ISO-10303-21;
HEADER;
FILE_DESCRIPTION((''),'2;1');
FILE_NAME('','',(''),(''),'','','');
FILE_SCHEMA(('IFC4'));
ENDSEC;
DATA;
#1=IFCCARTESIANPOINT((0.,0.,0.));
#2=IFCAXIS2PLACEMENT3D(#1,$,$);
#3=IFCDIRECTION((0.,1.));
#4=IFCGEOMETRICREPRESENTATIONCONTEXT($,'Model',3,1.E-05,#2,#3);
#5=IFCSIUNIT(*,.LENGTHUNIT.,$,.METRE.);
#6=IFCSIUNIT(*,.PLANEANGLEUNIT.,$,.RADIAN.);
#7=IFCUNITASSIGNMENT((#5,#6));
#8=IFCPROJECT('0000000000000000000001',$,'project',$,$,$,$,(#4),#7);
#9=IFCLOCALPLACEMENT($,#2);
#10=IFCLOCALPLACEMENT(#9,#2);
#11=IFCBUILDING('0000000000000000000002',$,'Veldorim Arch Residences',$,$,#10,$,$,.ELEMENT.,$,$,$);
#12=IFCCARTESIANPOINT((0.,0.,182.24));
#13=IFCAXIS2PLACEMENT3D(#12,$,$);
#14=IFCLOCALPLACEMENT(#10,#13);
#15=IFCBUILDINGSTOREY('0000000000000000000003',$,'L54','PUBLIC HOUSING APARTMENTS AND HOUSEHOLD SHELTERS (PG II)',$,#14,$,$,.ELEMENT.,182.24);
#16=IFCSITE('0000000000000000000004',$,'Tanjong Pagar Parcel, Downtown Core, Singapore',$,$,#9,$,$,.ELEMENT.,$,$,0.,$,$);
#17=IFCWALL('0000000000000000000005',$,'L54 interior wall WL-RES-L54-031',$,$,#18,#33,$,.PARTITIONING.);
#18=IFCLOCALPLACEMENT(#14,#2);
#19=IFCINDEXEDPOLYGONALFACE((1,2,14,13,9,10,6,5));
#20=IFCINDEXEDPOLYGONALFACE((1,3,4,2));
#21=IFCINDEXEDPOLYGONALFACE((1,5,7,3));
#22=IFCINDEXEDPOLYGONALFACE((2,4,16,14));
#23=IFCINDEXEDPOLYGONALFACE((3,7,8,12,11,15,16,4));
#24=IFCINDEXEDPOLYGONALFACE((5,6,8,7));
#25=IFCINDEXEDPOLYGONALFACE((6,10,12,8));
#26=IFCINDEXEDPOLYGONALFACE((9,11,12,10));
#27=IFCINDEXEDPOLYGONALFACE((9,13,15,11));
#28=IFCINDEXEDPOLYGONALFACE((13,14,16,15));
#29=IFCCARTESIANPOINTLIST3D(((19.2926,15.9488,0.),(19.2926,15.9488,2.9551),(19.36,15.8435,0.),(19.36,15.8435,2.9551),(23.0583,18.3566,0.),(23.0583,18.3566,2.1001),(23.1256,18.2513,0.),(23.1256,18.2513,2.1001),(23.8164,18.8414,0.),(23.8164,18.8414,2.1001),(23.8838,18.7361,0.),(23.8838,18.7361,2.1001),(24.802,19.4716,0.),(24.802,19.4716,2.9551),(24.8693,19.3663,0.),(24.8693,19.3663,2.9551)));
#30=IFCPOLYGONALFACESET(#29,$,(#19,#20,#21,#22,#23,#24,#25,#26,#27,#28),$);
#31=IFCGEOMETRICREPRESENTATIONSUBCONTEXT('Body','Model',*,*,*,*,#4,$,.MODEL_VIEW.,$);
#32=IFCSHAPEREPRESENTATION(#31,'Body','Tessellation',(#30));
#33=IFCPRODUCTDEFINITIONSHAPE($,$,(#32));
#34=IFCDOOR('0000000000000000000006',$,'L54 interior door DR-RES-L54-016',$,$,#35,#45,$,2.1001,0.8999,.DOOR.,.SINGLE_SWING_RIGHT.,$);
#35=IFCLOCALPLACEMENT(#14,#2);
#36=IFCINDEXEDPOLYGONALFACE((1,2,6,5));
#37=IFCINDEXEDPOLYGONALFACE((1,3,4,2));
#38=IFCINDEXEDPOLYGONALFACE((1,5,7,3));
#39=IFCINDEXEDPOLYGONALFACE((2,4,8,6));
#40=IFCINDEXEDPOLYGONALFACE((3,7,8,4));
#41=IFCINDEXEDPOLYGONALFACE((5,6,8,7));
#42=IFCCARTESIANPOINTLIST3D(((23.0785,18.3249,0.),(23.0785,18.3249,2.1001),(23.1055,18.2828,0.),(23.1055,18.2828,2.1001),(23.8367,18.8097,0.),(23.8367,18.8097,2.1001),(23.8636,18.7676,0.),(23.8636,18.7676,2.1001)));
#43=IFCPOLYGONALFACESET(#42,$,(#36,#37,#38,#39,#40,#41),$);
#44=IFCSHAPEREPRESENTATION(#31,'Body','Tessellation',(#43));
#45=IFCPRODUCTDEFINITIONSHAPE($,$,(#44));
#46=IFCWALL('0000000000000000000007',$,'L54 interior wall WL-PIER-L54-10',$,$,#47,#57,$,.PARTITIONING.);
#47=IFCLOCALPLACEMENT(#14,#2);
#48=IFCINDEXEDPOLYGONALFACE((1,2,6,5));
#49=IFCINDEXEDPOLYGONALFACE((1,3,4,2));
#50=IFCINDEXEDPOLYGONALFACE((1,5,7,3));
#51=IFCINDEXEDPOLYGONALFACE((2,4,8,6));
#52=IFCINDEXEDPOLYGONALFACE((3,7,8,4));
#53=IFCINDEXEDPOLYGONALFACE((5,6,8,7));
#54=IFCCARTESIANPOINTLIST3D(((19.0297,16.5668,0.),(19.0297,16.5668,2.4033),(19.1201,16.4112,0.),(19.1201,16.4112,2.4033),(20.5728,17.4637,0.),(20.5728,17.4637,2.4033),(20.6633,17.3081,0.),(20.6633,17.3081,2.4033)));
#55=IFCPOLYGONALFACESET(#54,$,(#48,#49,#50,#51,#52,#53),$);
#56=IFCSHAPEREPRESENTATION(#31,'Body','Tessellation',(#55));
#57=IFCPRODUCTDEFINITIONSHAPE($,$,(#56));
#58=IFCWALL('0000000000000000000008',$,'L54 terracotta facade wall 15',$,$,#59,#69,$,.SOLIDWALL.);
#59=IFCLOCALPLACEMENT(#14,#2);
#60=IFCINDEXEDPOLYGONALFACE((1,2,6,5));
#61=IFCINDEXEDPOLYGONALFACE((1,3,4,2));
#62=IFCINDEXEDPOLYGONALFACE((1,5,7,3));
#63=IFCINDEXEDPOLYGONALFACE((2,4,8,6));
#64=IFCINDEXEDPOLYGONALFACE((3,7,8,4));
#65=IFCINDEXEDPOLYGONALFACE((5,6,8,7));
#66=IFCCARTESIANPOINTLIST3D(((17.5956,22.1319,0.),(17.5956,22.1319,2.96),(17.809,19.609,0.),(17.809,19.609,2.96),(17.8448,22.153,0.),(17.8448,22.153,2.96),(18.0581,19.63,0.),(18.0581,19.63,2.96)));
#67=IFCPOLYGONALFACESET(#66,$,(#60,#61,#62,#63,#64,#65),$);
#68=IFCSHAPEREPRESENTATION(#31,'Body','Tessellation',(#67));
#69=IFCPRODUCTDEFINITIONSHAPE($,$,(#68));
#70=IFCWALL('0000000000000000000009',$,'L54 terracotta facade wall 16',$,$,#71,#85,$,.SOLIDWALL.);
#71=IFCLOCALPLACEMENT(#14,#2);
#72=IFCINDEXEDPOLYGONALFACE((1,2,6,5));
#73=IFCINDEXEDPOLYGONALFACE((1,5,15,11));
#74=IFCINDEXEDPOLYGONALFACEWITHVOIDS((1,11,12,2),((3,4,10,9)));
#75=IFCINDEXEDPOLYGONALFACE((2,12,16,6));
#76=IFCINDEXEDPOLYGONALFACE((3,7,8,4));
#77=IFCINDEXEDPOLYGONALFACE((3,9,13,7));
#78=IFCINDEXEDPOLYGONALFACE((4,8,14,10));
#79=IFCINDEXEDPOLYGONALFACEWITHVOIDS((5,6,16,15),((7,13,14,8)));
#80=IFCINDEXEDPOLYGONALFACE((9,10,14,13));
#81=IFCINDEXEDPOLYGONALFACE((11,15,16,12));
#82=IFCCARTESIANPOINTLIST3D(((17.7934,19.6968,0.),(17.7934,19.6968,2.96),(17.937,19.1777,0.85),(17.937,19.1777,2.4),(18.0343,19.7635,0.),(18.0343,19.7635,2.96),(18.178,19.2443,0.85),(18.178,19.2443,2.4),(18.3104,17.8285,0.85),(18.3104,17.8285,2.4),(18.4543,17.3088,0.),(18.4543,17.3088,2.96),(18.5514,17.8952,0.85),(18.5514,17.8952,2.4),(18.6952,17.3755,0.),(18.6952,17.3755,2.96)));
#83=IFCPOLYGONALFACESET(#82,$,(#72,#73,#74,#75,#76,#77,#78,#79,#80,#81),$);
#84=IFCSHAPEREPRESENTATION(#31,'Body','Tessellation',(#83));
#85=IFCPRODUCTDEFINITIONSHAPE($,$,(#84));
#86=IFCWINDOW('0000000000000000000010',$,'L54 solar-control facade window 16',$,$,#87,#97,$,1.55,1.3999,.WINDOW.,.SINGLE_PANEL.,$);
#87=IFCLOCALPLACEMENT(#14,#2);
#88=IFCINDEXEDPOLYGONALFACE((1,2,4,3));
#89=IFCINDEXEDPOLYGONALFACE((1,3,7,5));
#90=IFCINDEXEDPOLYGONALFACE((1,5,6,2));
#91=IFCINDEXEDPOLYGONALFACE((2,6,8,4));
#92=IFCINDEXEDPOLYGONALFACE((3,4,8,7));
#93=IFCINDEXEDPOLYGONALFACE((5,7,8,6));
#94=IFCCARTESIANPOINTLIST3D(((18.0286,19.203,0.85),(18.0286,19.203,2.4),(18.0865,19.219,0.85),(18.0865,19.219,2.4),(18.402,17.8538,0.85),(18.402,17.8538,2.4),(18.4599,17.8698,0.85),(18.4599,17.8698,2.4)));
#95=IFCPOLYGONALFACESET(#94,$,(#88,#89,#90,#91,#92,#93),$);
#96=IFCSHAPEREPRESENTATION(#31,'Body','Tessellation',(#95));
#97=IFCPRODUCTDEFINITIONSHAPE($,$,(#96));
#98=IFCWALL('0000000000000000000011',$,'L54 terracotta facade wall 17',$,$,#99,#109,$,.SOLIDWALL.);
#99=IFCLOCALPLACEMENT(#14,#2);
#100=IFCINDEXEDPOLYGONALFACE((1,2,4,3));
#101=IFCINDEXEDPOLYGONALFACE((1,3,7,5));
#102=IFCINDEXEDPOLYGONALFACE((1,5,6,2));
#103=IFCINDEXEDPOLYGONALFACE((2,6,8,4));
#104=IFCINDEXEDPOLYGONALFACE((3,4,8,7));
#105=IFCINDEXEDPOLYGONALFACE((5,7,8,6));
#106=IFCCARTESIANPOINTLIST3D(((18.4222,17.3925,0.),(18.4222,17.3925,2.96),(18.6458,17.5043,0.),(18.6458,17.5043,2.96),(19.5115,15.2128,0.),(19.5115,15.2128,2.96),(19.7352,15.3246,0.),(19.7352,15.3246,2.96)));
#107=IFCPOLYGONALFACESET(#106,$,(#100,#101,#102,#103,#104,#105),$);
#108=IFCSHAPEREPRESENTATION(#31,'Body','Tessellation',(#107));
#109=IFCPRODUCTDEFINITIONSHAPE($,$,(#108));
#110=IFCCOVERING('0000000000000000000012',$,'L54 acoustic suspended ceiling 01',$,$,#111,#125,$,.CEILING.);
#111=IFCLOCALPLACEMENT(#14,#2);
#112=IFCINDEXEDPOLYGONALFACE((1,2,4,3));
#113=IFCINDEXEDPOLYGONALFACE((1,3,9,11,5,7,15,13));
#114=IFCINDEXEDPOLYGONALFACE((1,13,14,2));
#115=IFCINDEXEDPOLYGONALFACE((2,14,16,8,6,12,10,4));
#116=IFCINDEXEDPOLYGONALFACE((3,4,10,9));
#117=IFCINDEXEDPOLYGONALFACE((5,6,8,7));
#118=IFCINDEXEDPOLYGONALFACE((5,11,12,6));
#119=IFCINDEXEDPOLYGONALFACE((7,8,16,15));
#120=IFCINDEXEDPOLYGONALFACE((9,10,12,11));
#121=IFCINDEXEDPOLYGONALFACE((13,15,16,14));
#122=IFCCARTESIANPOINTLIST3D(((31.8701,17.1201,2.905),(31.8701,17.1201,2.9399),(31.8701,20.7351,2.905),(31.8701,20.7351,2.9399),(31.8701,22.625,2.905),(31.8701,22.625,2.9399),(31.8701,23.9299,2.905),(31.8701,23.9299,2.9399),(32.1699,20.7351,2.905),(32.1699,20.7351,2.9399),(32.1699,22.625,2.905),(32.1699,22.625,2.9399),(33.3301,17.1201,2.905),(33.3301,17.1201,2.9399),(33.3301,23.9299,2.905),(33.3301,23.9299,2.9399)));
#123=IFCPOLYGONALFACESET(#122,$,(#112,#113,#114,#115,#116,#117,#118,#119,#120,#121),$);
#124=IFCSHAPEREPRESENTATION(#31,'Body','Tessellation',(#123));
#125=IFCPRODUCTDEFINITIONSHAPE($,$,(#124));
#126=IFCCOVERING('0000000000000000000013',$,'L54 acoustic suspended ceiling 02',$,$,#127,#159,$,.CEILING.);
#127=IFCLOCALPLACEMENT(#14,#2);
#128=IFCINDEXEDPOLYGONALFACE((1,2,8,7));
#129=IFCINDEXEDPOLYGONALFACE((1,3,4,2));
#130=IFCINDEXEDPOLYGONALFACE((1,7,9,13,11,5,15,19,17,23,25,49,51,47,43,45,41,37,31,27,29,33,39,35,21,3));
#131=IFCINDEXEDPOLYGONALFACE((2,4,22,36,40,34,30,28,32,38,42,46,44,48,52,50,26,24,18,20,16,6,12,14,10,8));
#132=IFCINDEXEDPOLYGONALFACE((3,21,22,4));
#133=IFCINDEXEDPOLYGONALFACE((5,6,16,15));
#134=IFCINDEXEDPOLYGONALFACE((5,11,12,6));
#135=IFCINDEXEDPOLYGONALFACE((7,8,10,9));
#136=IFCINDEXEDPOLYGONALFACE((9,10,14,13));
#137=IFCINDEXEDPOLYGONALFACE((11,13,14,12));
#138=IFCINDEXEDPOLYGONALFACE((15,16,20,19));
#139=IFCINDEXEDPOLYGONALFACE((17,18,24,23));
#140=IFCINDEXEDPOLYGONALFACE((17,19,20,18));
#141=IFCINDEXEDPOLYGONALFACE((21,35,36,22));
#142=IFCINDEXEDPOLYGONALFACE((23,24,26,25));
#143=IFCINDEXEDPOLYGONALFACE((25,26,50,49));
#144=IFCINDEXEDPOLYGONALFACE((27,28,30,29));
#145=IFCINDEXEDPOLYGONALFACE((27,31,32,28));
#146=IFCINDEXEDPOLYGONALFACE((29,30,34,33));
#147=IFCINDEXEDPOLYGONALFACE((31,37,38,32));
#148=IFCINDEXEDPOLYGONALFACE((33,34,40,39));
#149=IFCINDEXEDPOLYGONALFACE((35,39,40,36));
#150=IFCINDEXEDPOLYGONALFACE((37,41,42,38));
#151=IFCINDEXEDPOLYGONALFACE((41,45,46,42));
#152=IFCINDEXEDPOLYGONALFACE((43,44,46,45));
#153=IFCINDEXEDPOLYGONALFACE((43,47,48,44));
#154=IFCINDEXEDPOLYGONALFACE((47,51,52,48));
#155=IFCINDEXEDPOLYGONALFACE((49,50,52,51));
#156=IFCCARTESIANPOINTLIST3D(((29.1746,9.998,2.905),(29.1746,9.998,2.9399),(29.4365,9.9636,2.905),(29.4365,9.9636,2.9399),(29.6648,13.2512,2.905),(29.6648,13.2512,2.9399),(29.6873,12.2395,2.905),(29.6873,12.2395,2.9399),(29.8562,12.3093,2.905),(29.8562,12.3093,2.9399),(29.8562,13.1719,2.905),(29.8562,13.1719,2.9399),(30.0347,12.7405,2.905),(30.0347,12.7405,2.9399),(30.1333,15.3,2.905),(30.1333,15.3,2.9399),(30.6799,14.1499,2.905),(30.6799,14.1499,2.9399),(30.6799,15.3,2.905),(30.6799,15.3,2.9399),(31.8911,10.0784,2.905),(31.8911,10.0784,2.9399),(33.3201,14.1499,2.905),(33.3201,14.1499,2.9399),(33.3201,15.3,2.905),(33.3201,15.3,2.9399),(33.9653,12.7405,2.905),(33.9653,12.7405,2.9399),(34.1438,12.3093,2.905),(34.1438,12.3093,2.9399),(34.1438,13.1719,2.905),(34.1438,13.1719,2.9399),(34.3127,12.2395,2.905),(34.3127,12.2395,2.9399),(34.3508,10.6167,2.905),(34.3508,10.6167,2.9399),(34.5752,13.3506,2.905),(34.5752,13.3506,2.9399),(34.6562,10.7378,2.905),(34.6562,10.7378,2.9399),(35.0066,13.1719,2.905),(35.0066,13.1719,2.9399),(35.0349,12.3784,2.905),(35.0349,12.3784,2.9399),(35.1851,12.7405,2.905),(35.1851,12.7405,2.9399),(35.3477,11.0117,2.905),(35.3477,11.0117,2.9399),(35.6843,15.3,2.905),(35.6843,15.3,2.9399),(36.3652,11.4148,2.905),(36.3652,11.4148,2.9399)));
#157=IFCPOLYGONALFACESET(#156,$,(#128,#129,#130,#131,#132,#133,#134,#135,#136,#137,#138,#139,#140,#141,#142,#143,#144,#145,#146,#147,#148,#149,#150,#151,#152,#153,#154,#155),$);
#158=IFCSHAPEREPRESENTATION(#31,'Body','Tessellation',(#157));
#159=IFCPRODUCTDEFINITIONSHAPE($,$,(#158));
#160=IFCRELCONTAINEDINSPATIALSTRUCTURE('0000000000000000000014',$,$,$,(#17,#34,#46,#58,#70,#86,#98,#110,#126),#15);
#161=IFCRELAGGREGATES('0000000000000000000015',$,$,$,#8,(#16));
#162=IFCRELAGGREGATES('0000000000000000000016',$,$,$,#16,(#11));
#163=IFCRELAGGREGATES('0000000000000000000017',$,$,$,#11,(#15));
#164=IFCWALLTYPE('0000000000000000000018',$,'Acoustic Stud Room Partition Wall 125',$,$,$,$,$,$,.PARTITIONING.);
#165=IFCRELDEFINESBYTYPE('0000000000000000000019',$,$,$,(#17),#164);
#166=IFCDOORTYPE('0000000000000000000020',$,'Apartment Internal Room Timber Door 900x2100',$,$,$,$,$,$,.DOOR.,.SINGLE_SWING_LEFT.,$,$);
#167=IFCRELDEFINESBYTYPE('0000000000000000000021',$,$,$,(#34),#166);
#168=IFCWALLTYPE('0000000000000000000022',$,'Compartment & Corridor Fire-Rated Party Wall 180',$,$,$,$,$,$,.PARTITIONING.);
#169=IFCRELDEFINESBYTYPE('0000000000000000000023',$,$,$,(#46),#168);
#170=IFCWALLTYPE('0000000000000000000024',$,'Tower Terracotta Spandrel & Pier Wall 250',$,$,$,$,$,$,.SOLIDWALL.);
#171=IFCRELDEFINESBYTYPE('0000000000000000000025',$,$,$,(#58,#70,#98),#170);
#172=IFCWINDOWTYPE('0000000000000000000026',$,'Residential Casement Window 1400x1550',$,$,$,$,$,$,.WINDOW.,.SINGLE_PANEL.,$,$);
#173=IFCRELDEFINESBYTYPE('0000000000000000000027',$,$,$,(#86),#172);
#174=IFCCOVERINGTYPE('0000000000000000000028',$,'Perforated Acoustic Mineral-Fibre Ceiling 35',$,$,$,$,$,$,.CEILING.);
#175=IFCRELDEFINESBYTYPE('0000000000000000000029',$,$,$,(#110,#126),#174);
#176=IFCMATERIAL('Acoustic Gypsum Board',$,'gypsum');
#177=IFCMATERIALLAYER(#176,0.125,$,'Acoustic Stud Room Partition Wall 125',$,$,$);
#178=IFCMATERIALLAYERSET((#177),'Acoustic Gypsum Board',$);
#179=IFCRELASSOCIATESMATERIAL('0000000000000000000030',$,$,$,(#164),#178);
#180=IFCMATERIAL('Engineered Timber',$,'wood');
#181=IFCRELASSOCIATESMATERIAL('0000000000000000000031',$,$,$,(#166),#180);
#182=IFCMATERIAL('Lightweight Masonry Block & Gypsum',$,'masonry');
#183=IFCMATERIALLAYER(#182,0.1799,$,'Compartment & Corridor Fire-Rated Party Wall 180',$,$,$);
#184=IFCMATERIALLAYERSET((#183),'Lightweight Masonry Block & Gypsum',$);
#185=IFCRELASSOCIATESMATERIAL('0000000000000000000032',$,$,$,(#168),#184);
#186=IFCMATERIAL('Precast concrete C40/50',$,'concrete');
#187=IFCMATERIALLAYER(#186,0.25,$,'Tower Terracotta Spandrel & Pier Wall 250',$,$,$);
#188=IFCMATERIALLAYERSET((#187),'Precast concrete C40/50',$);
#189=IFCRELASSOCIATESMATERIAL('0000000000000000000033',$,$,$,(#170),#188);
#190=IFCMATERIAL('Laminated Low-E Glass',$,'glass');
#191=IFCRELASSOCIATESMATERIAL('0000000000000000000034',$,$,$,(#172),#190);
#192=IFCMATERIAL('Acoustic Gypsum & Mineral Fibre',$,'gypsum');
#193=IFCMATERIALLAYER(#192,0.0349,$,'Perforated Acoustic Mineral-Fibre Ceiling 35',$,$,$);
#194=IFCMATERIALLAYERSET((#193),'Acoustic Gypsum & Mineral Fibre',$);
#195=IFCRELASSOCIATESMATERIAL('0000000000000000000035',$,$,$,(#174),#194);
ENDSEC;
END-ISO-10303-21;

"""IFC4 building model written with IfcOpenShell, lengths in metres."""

from ifc_helpers import new_model, si_unit, direction, frame, frame_2d, origin, place, context, subcontext, project, spatial, polyline, rectangle, outline, extrude, material, layer, layer_set, type_object, element, fill, save


model = new_model("IFC4")

# Units and contexts
model_context = context("Model", 3, precision=1e-05, world=origin(), true_north=direction((0.0, 1.0)))
body_context = subcontext(model_context, "Body", "Model", "MODEL_VIEW")
ifc_project = project(units=[si_unit("LENGTHUNIT", "METRE"), si_unit("PLANEANGLEUNIT", "RADIAN")], contexts=[model_context])

# Site, building, storey
site_placement = place(None, origin())
site = spatial("IfcSite", under=ifc_project, at=site_placement, Name="Tanjong Pagar Parcel, Downtown Core, Singapore", CompositionType="ELEMENT", RefElevation=0.0)
building_placement = place(site_placement, origin())
building = spatial("IfcBuilding", under=site, at=building_placement, Name="Veldorim Arch Residences", CompositionType="ELEMENT")
storey_placement = place(building_placement, frame((0.0, 0.0, 182.24)))
storey = spatial("IfcBuildingStorey", under=building, at=storey_placement, Name="L54", Description="PUBLIC HOUSING APARTMENTS AND HOUSEHOLD SHELTERS (PG II)", CompositionType="ELEMENT", Elevation=182.24)

# Wall, opening, door
ifc_material_1 = material(Name="Acoustic Gypsum Board", Category="gypsum")
ifc_layer_1 = layer(ifc_material_1, 0.125, Name="Acoustic Stud Room Partition Wall 125")
ifc_layer_set_1 = layer_set([ifc_layer_1], Name="Acoustic Gypsum Board")
wall_type_1 = type_object("IfcWallType", Name="Acoustic Stud Room Partition Wall 125", PredefinedType="PARTITIONING", material=ifc_layer_set_1)
wall_1_placement = place(storey_placement, frame((19.3264, 15.8962, 0.0), z_axis=(0.0, 0.0, 1.0), x_axis=(0.842496, 0.538703, 0.0)))
wall_1 = element("IfcWall", 1, at=wall_1_placement, inside=storey, type_object=wall_type_1, Name="L54 interior wall WL-RES-L54-031", PredefinedType="PARTITIONING", context=body_context, shape_type="SweptSolid", body=[
    extrude(rectangle(XDim=6.5393, YDim=0.125, at=frame_2d((3.2695, 0.0))), origin(), (0.0, 0.0, 1.0), 2.9551),
])
opening_1_placement = place(wall_1_placement, frame((4.4695, 0.0, 0.0)))
opening_1 = element("IfcOpeningElement", 2, at=opening_1_placement, cuts=wall_1, PredefinedType="OPENING", context=body_context, shape_type="SweptSolid", body=[
    extrude(rectangle(XDim=0.8999, YDim=2.1001, at=frame_2d((0.45, 1.05))), frame((0.0, 0.0725, 0.0), z_axis=(0.0, -1.0, 0.0), x_axis=(1.0, 0.0, 0.0)), (0.0, 0.0, 1.0), 0.145),
])
ifc_material_2 = material(Name="Engineered Timber", Category="wood")
door_type = type_object("IfcDoorType", Name="Apartment Internal Room Timber Door 900x2100", OperationType="SINGLE_SWING_LEFT", PredefinedType="DOOR", material=ifc_material_2)
door_placement = place(opening_1_placement, origin())
door = element("IfcDoor", 3, at=door_placement, inside=storey, type_object=door_type, Name="L54 interior door DR-RES-L54-016", OperationType="SINGLE_SWING_RIGHT", OverallHeight=2.1001, OverallWidth=0.8999, PredefinedType="DOOR", context=body_context, shape_type="SweptSolid", body=[
    extrude(rectangle(XDim=0.8999, YDim=2.1001, at=frame_2d((0.45, 1.05))), frame((0.0, 0.0249, 0.0), z_axis=(0.0, -1.0, 0.0), x_axis=(1.0, 0.0, 0.0)), (0.0, 0.0, 1.0), 0.05),
])
fill(opening_1, door)

# Walls
ifc_material_3 = material(Name="Lightweight Masonry Block & Gypsum", Category="masonry")
ifc_layer_2 = layer(ifc_material_3, 0.1799, Name="Compartment & Corridor Fire-Rated Party Wall 180")
ifc_layer_set_2 = layer_set([ifc_layer_2], Name="Lightweight Masonry Block & Gypsum")
wall_type_2 = type_object("IfcWallType", Name="Compartment & Corridor Fire-Rated Party Wall 180", PredefinedType="PARTITIONING", material=ifc_layer_set_2)
wall_2_placement = place(storey_placement, frame((20.6182, 17.386, 0.0), z_axis=(0.0, 0.0, 1.0), x_axis=(-0.864567, -0.502518, 0.0)))
element("IfcWall", 4, at=wall_2_placement, inside=storey, type_object=wall_type_2, Name="L54 interior wall WL-PIER-L54-10", PredefinedType="PARTITIONING", context=body_context, shape_type="SweptSolid", body=[
    extrude(rectangle(XDim=1.7849, YDim=0.1799, at=frame_2d((0.8926, 0.0))), origin(), (0.0, 0.0, 1.0), 2.4033),
])
ifc_material_4 = material(Name="Precast concrete C40/50", Category="concrete")
ifc_layer_3 = layer(ifc_material_4, 0.25, Name="Tower Terracotta Spandrel & Pier Wall 250")
ifc_layer_set_3 = layer_set([ifc_layer_3], Name="Precast concrete C40/50")
wall_type_3 = type_object("IfcWallType", Name="Tower Terracotta Spandrel & Pier Wall 250", PredefinedType="SOLIDWALL", material=ifc_layer_set_3)
wall_3_placement = place(storey_placement, frame((17.9336, 19.6194, 0.0), z_axis=(0.0, 0.0, 1.0), x_axis=(-0.084274, 0.996443, 0.0)))
element("IfcWall", 5, at=wall_3_placement, inside=storey, type_object=wall_type_3, Name="L54 terracotta facade wall 15", PredefinedType="SOLIDWALL", context=body_context, shape_type="SweptSolid", body=[
    extrude(rectangle(XDim=2.532, YDim=0.25, at=frame_2d((1.2661, 0.0))), origin(), (0.0, 0.0, 1.0), 2.96),
])

# Wall, opening, window
wall_4_placement = place(storey_placement, frame((18.5747, 17.3423, 0.0), z_axis=(0.0, 0.0, 1.0), x_axis=(-0.266734, 0.96377, 0.0)))
wall_4 = element("IfcWall", 6, at=wall_4_placement, inside=storey, type_object=wall_type_3, Name="L54 terracotta facade wall 16", PredefinedType="SOLIDWALL", context=body_context, shape_type="SweptSolid", body=[
    extrude(rectangle(XDim=2.4778, YDim=0.25, at=frame_2d((1.2388, 0.0))), origin(), (0.0, 0.0, 1.0), 2.96),
])
opening_2_placement = place(wall_4_placement, frame((0.5391, 0.0, 0.8501)))
opening_2 = element("IfcOpeningElement", 7, at=opening_2_placement, cuts=wall_4, PredefinedType="OPENING", context=body_context, shape_type="SweptSolid", body=[
    extrude(rectangle(XDim=1.3999, YDim=1.55, at=frame_2d((0.7, 0.7749))), frame((0.0, 0.135, 0.0), z_axis=(0.0, -1.0, 0.0), x_axis=(1.0, 0.0, 0.0)), (0.0, 0.0, 1.0), 0.27),
])
ifc_material_5 = material(Name="Laminated Low-E Glass", Category="glass")
window_type = type_object("IfcWindowType", Name="Residential Casement Window 1400x1550", PartitioningType="SINGLE_PANEL", PredefinedType="WINDOW", material=ifc_material_5)
window_placement = place(opening_2_placement, origin())
window = element("IfcWindow", 8, at=window_placement, inside=storey, type_object=window_type, Name="L54 solar-control facade window 16", OverallHeight=1.55, OverallWidth=1.3999, PartitioningType="SINGLE_PANEL", PredefinedType="WINDOW", context=body_context, shape_type="SweptSolid", body=[
    extrude(rectangle(XDim=1.3999, YDim=1.55, at=frame_2d((0.7, 0.7749))), frame((0.0, 0.03, 0.0), z_axis=(0.0, -1.0, 0.0), x_axis=(1.0, 0.0, 0.0)), (0.0, 0.0, 1.0), 0.0601),
])
fill(opening_2, window)

# Wall
wall_5_placement = place(storey_placement, frame((19.6233, 15.2688, 0.0), z_axis=(0.0, 0.0, 1.0), x_axis=(-0.447053, 0.894507, 0.0)))
element("IfcWall", 9, at=wall_5_placement, inside=storey, type_object=wall_type_3, Name="L54 terracotta facade wall 17", PredefinedType="SOLIDWALL", context=body_context, shape_type="SweptSolid", body=[
    extrude(rectangle(XDim=2.4368, YDim=0.25, at=frame_2d((1.2183, 0.0))), origin(), (0.0, 0.0, 1.0), 2.96),
])

# Coverings
ifc_material_6 = material(Name="Acoustic Gypsum & Mineral Fibre", Category="gypsum")
ifc_layer_4 = layer(ifc_material_6, 0.0349, Name="Perforated Acoustic Mineral-Fibre Ceiling 35")
ifc_layer_set_4 = layer_set([ifc_layer_4], Name="Acoustic Gypsum & Mineral Fibre")
covering_type_1 = type_object("IfcCoveringType", Name="Perforated Acoustic Mineral-Fibre Ceiling 35", PredefinedType="CEILING", material=ifc_layer_set_4)
covering_1_placement = place(storey_placement, frame((0.0, 0.0, 2.905)))
element("IfcCovering", 10, at=covering_1_placement, inside=storey, type_object=covering_type_1, Name="L54 acoustic suspended ceiling 01", PredefinedType="CEILING", context=body_context, shape_type="SweptSolid", body=[
    extrude(outline(polyline([(33.3301, 23.9299), (33.3301, 17.1201), (31.8701, 17.1201), (31.8701, 20.7351), (32.1699, 20.7351), (32.1699, 22.625), (31.8701, 22.625), (31.8701, 23.9299), (33.3301, 23.9299)])), origin(), (0.0, 0.0, 1.0), 0.0349),
])
covering_2_placement = place(storey_placement, frame((0.0, 0.0, 2.905)))
element("IfcCovering", 11, at=covering_2_placement, inside=storey, type_object=covering_type_1, Name="L54 acoustic suspended ceiling 02", PredefinedType="CEILING", context=body_context, shape_type="SweptSolid", body=[
    extrude(outline(polyline([(35.1851, 12.7405), (35.0066, 13.1719), (34.5752, 13.3506), (34.1438, 13.1719), (33.9653, 12.7405), (34.1438, 12.3093), (34.3127, 12.2395), (34.6562, 10.7378), (34.3508, 10.6167), (31.8911, 10.0784), (29.4365, 9.9636), (29.1746, 9.998), (29.6873, 12.2395), (29.8562, 12.3093), (30.0347, 12.7405), (29.8562, 13.1719), (29.6648, 13.2512), (30.1333, 15.3), (30.6799, 15.3), (30.6799, 14.1499), (33.3201, 14.1499), (33.3201, 15.3), (35.6843, 15.3), (36.3652, 11.4148), (35.3477, 11.0117), (35.0349, 12.3784), (35.1851, 12.7405)])), origin(), (0.0, 0.0, 1.0), 0.0349),
])

save(model, "model.ifc")
